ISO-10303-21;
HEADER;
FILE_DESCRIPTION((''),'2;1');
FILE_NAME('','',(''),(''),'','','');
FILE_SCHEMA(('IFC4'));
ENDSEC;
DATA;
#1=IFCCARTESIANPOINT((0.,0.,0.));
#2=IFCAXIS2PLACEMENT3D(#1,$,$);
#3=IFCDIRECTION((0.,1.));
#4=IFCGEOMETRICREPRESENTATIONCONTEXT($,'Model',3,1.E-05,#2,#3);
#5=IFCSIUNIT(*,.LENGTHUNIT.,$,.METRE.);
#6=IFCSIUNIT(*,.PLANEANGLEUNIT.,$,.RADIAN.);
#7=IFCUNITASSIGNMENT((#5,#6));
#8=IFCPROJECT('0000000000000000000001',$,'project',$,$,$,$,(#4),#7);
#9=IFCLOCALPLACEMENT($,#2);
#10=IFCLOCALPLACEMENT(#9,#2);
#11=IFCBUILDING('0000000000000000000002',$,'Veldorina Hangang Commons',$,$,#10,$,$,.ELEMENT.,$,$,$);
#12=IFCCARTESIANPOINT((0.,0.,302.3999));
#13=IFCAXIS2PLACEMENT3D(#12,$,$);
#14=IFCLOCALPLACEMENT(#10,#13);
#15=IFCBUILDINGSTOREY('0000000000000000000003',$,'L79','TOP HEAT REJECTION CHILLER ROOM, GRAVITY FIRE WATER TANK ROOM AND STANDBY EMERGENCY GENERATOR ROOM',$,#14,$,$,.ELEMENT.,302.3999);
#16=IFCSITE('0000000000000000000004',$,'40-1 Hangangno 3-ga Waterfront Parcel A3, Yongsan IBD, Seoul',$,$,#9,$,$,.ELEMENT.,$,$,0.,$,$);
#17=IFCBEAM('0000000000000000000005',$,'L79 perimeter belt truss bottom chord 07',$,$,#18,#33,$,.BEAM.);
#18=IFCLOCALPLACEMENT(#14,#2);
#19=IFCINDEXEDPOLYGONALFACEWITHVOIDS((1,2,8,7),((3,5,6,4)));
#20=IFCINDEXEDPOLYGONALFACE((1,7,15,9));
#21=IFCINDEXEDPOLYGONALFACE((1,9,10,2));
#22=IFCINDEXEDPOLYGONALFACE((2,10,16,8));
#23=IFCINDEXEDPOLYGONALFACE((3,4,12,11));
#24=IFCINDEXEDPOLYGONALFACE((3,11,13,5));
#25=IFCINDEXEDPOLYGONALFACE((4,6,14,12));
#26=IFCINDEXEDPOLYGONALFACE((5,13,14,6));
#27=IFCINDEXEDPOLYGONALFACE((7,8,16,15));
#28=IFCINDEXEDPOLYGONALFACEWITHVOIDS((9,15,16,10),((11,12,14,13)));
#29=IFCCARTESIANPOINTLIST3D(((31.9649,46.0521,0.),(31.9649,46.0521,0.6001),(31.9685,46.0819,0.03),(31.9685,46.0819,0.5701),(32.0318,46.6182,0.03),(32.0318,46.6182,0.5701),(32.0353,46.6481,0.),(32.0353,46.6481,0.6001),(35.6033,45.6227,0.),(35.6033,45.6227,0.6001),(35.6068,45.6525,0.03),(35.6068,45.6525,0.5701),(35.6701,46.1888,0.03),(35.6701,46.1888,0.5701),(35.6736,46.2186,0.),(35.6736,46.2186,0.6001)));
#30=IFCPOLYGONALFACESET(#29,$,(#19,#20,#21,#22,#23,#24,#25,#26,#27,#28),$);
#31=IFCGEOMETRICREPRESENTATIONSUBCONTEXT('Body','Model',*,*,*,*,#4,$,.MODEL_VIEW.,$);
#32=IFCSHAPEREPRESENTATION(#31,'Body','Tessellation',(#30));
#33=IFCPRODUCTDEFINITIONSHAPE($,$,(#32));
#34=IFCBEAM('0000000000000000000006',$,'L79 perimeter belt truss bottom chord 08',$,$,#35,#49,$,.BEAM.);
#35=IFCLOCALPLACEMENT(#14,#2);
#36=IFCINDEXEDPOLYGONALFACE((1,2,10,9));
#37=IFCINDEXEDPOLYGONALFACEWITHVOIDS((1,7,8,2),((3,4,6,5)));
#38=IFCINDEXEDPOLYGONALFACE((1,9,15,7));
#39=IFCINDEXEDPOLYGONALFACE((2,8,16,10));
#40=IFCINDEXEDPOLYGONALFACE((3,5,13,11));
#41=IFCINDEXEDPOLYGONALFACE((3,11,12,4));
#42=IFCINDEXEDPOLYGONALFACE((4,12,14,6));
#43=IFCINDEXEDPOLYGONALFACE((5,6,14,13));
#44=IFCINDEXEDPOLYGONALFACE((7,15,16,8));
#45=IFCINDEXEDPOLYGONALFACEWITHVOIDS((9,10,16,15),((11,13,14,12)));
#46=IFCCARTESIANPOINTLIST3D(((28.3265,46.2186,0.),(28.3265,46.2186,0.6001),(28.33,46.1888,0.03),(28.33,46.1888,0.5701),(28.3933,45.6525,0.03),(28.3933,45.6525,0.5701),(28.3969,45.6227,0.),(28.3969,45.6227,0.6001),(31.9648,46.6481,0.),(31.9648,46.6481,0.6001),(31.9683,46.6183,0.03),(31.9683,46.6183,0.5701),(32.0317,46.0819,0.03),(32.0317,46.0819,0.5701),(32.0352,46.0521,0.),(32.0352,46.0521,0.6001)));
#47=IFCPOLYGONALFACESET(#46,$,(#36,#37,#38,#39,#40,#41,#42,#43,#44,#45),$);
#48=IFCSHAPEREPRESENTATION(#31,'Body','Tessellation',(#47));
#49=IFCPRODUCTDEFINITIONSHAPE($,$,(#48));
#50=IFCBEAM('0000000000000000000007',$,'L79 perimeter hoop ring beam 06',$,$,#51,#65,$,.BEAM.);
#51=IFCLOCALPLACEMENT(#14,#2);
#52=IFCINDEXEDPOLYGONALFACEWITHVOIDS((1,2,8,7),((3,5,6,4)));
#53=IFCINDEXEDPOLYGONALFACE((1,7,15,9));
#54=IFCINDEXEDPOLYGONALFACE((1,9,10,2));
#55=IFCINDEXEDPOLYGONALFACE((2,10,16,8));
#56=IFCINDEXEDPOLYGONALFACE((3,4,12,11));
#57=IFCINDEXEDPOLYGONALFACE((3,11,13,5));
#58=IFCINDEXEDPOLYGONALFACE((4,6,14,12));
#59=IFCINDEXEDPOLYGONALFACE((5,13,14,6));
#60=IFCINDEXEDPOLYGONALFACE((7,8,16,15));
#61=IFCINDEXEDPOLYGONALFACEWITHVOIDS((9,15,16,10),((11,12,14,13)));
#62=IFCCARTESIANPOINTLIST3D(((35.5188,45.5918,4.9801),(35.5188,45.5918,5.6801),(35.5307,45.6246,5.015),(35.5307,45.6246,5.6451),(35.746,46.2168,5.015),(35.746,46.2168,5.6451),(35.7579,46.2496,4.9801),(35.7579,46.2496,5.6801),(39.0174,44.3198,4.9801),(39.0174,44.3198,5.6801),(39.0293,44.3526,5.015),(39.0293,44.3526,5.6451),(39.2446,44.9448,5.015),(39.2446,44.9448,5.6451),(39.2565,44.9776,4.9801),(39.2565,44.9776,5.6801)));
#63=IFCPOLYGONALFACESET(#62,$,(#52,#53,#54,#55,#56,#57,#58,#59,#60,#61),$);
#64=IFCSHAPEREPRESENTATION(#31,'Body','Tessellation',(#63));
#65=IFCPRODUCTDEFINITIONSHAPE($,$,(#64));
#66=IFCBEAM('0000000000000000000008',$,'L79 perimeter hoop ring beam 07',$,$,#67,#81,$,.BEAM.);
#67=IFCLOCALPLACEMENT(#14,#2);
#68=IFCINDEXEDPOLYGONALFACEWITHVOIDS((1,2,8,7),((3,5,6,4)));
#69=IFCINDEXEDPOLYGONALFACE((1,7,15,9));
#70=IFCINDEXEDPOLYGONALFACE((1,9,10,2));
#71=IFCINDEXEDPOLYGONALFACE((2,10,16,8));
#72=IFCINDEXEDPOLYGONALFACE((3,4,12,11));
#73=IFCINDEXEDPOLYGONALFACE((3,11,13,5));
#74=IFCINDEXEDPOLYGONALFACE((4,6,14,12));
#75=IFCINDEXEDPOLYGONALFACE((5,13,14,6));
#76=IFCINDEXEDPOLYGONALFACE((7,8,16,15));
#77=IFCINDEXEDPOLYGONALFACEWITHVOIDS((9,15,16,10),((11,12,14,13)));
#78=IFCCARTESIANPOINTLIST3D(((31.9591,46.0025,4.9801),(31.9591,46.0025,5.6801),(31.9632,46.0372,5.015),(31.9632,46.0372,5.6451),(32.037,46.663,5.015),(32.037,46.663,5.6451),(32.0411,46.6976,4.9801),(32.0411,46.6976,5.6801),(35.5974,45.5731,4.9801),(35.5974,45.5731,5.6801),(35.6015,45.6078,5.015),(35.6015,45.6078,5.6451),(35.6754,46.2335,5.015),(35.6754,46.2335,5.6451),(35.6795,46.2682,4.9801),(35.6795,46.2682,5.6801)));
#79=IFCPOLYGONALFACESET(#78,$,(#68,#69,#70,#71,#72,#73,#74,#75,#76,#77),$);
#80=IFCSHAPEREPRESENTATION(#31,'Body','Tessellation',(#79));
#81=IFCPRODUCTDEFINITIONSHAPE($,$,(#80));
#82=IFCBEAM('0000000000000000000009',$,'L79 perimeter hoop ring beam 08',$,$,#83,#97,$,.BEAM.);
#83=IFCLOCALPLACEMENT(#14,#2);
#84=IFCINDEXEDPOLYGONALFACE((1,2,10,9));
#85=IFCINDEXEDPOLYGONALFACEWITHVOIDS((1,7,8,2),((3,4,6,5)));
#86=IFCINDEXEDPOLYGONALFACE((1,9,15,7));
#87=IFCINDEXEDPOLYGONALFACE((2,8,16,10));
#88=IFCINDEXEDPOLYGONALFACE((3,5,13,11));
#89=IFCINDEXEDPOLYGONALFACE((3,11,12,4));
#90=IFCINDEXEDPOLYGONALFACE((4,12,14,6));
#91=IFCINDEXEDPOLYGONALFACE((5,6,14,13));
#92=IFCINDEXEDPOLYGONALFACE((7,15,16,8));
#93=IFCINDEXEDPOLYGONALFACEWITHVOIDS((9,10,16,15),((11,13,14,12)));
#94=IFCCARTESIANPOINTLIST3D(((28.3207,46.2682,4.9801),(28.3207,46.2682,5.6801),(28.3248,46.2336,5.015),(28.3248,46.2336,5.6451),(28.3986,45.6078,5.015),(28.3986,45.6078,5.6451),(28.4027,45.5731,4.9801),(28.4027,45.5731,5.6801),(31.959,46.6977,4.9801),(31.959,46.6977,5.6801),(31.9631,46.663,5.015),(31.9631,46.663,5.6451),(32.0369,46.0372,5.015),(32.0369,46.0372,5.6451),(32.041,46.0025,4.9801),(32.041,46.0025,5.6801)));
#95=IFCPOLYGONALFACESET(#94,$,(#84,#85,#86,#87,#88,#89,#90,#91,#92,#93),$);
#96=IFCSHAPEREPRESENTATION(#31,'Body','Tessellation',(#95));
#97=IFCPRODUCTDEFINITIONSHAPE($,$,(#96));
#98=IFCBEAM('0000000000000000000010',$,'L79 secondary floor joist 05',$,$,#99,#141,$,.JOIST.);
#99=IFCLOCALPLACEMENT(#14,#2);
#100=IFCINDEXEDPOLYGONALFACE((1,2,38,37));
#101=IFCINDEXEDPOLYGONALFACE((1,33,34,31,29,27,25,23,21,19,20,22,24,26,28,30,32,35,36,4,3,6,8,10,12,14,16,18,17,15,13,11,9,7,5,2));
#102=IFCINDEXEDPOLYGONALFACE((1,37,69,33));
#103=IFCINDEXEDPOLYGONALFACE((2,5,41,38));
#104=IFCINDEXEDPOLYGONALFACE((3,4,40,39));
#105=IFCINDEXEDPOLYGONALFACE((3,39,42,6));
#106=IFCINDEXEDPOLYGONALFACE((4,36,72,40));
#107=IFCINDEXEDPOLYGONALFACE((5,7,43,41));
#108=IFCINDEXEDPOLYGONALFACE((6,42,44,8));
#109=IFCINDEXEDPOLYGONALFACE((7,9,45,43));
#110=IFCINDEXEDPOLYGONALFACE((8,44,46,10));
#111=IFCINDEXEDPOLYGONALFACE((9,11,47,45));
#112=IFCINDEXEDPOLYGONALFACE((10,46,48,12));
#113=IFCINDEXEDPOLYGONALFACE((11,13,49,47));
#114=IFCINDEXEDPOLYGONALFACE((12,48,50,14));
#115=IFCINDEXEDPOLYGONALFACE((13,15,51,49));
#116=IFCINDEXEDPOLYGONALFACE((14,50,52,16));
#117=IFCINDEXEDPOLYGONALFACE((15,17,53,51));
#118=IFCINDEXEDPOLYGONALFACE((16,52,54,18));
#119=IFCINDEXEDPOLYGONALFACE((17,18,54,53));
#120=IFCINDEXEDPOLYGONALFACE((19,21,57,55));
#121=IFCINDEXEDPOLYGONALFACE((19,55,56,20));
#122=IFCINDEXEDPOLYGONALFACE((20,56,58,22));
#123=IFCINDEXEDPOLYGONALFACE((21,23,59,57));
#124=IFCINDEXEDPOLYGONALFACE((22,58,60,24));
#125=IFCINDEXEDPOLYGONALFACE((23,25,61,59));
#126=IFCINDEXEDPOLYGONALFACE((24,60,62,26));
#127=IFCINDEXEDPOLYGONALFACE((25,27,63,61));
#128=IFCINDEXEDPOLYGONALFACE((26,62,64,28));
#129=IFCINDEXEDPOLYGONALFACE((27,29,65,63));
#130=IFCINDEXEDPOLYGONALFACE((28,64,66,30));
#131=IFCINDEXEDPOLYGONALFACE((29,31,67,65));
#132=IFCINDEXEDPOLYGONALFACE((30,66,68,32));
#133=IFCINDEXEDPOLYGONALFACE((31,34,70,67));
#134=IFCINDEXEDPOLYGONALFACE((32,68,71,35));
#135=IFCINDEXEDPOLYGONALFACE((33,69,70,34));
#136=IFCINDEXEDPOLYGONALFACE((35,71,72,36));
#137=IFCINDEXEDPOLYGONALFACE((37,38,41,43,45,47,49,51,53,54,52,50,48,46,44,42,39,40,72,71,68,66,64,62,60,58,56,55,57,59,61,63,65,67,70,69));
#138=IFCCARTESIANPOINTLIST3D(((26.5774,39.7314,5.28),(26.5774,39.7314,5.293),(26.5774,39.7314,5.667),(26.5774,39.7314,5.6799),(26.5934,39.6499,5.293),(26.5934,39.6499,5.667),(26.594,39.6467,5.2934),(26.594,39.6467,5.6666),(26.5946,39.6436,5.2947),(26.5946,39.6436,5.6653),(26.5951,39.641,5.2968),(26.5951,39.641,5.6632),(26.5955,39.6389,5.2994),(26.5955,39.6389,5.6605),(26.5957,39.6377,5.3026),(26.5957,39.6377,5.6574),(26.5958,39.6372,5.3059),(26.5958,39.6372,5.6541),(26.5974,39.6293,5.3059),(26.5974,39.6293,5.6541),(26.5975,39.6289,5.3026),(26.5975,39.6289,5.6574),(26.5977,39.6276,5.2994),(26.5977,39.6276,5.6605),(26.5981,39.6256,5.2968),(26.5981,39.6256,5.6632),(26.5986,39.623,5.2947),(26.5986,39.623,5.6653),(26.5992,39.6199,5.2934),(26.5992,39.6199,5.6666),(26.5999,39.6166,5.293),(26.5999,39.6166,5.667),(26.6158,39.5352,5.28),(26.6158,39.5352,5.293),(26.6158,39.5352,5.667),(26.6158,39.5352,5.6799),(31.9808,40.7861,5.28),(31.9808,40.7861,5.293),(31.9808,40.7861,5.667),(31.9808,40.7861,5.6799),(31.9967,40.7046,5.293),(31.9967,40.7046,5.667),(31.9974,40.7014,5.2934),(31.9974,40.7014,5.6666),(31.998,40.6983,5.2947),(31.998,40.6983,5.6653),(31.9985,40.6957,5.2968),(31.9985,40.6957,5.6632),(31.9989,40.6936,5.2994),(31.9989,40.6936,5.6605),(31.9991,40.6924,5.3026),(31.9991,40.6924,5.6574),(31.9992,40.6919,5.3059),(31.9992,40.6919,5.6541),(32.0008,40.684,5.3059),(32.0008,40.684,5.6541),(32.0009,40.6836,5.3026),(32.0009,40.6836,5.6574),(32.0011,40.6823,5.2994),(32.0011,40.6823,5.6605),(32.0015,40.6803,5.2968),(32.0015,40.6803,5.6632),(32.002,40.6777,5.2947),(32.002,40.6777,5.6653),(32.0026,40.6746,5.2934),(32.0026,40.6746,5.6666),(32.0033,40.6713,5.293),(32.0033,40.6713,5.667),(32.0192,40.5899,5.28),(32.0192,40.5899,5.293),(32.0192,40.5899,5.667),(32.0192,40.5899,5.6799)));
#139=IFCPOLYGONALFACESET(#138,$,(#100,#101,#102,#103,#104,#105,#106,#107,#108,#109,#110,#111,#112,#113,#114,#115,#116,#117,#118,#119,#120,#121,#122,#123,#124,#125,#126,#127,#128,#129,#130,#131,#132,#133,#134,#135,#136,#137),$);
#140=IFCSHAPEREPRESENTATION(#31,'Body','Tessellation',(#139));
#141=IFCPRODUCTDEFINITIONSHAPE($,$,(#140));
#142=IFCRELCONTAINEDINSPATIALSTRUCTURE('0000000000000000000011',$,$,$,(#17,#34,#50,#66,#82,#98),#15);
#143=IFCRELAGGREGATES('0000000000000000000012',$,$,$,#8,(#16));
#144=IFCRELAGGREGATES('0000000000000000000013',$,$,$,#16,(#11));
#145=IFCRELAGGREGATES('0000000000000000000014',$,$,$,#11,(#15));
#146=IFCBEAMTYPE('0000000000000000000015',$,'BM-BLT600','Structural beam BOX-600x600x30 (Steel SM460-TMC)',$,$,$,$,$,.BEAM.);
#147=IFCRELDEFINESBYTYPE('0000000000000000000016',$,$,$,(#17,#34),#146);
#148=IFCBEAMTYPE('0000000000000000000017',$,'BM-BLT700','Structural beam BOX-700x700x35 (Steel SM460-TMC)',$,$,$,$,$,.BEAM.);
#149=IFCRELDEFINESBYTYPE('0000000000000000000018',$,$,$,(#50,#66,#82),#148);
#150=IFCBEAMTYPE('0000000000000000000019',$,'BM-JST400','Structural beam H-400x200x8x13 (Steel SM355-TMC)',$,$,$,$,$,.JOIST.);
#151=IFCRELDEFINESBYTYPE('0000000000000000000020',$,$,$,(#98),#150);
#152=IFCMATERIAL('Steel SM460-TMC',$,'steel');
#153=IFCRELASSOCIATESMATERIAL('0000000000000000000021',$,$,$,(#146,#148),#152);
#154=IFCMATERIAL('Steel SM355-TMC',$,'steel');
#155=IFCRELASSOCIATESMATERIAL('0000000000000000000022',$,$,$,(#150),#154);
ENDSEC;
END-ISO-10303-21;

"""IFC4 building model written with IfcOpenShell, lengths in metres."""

from ifc_helpers import new_model, si_unit, direction, frame, origin, origin_2d, place, context, subcontext, project, spatial, hollow_rectangle, i_section, extrude, material, material_profile, profile_set, type_object, element, save


model = new_model("IFC4")

# Units and contexts
model_context = context("Model", 3, precision=1e-05, world=origin(), true_north=direction((0.0, 1.0)))
body_context = subcontext(model_context, "Body", "Model", "MODEL_VIEW")
ifc_project = project(units=[si_unit("LENGTHUNIT", "METRE"), si_unit("PLANEANGLEUNIT", "RADIAN")], contexts=[model_context])

# Site, building, storey
site_placement = place(None, origin())
site = spatial("IfcSite", under=ifc_project, at=site_placement, Name="40-1 Hangangno 3-ga Waterfront Parcel A3, Yongsan IBD, Seoul", CompositionType="ELEMENT", RefElevation=0.0)
building_placement = place(site_placement, origin())
building = spatial("IfcBuilding", under=site, at=building_placement, Name="Veldorina Hangang Commons", CompositionType="ELEMENT")
storey_placement = place(building_placement, frame((0.0, 0.0, 302.3999)))
storey = spatial("IfcBuildingStorey", under=building, at=storey_placement, Name="L79", Description="TOP HEAT REJECTION CHILLER ROOM, GRAVITY FIRE WATER TANK ROOM AND STANDBY EMERGENCY GENERATOR ROOM", CompositionType="ELEMENT", Elevation=302.3999)

# Beams
ifc_material_1 = material(Name="Steel SM460-TMC", Category="steel")
ifc_material_profile_1 = material_profile(ifc_material_1, hollow_rectangle(XDim=0.6001, YDim=0.6001, WallThickness=0.03, at=origin_2d()), Name="BOX-600x600x30")
ifc_profile_set_1 = profile_set([ifc_material_profile_1], Name="Steel SM460-TMC")
beam_type_1 = type_object("IfcBeamType", Name="BM-BLT600", Description="Structural beam BOX-600x600x30 (Steel SM460-TMC)", PredefinedType="BEAM", material=ifc_profile_set_1)
for number, where, z_axis, x_axis, name in (
    (1, (35.6384, 45.9207, 0.3), (-0.993106, 0.117216, 0.0), (-0.117216, -0.993106, 0.0), "L79 perimeter belt truss bottom chord 07"),
    (2, (32.0, 46.3501, 0.3), (-0.993106, -0.117216, 0.0), (0.117216, -0.993106, 0.0), "L79 perimeter belt truss bottom chord 08"),
):
    element("IfcBeam", number, at=place(storey_placement, frame(where, z_axis=z_axis, x_axis=x_axis)), inside=storey, type_object=beam_type_1, Name=name, PredefinedType="BEAM", context=body_context, shape_type="SweptSolid", body=[
        extrude(hollow_rectangle(XDim=0.6001, YDim=0.6001, WallThickness=0.03, at=origin_2d()), origin(), (0.0, 0.0, 1.0), 3.6636),
    ])
ifc_material_profile_2 = material_profile(ifc_material_1, hollow_rectangle(XDim=0.7, YDim=0.7, WallThickness=0.0349, at=origin_2d()), Name="BOX-700x700x35")
ifc_profile_set_2 = profile_set([ifc_material_profile_2], Name="Steel SM460-TMC")
beam_type_2 = type_object("IfcBeamType", Name="BM-BLT700", Description="Structural beam BOX-700x700x35 (Steel SM460-TMC)", PredefinedType="BEAM", material=ifc_profile_set_2)
beam_1_placement = place(storey_placement, frame((39.137, 44.6487, 5.3301), z_axis=(-0.939813, 0.34169, 0.0), x_axis=(-0.34169, -0.939813, 0.0)))
element("IfcBeam", 3, at=beam_1_placement, inside=storey, type_object=beam_type_2, Name="L79 perimeter hoop ring beam 06", PredefinedType="BEAM", context=body_context, shape_type="SweptSolid", body=[
    extrude(hollow_rectangle(XDim=0.7, YDim=0.7, WallThickness=0.0349, at=origin_2d()), origin(), (0.0, 0.0, 1.0), 3.7227),
])
for number, where, z_axis, x_axis, name in (
    (4, (35.6384, 45.9207, 5.3301), (-0.993106, 0.117216, 0.0), (-0.117216, -0.993106, 0.0), "L79 perimeter hoop ring beam 07"),
    (5, (32.0, 46.3501, 5.3301), (-0.993106, -0.117216, 0.0), (0.117216, -0.993106, 0.0), "L79 perimeter hoop ring beam 08"),
):
    element("IfcBeam", number, at=place(storey_placement, frame(where, z_axis=z_axis, x_axis=x_axis)), inside=storey, type_object=beam_type_2, Name=name, PredefinedType="BEAM", context=body_context, shape_type="SweptSolid", body=[
        extrude(hollow_rectangle(XDim=0.7, YDim=0.7, WallThickness=0.0349, at=origin_2d()), origin(), (0.0, 0.0, 1.0), 3.6636),
    ])
ifc_material_2 = material(Name="Steel SM355-TMC", Category="steel")
ifc_material_profile_3 = material_profile(ifc_material_2, i_section(OverallWidth=0.2, OverallDepth=0.3999, WebThickness=0.0081, FlangeThickness=0.0129, FilletRadius=0.0129, at=origin_2d()), Name="H-400x200x8x13")
ifc_profile_set_3 = profile_set([ifc_material_profile_3], Name="Steel SM355-TMC")
beam_type_3 = type_object("IfcBeamType", Name="BM-JST400", Description="Structural beam H-400x200x8x13 (Steel SM355-TMC)", PredefinedType="JOIST", material=ifc_profile_set_3)
beam_2_placement = place(storey_placement, frame((32.0, 40.688, 5.48), z_axis=(-0.981478, -0.191577, 0.0), x_axis=(0.191577, -0.981478, 0.0)))
element("IfcBeam", 6, at=beam_2_placement, inside=storey, type_object=beam_type_3, Name="L79 secondary floor joist 05", PredefinedType="JOIST", context=body_context, shape_type="SweptSolid", body=[
    extrude(i_section(OverallWidth=0.2, OverallDepth=0.3999, WebThickness=0.0081, FlangeThickness=0.0129, FilletRadius=0.0129, at=origin_2d()), origin(), (0.0, 0.0, 1.0), 5.5054),
])

save(model, "model.ifc")
